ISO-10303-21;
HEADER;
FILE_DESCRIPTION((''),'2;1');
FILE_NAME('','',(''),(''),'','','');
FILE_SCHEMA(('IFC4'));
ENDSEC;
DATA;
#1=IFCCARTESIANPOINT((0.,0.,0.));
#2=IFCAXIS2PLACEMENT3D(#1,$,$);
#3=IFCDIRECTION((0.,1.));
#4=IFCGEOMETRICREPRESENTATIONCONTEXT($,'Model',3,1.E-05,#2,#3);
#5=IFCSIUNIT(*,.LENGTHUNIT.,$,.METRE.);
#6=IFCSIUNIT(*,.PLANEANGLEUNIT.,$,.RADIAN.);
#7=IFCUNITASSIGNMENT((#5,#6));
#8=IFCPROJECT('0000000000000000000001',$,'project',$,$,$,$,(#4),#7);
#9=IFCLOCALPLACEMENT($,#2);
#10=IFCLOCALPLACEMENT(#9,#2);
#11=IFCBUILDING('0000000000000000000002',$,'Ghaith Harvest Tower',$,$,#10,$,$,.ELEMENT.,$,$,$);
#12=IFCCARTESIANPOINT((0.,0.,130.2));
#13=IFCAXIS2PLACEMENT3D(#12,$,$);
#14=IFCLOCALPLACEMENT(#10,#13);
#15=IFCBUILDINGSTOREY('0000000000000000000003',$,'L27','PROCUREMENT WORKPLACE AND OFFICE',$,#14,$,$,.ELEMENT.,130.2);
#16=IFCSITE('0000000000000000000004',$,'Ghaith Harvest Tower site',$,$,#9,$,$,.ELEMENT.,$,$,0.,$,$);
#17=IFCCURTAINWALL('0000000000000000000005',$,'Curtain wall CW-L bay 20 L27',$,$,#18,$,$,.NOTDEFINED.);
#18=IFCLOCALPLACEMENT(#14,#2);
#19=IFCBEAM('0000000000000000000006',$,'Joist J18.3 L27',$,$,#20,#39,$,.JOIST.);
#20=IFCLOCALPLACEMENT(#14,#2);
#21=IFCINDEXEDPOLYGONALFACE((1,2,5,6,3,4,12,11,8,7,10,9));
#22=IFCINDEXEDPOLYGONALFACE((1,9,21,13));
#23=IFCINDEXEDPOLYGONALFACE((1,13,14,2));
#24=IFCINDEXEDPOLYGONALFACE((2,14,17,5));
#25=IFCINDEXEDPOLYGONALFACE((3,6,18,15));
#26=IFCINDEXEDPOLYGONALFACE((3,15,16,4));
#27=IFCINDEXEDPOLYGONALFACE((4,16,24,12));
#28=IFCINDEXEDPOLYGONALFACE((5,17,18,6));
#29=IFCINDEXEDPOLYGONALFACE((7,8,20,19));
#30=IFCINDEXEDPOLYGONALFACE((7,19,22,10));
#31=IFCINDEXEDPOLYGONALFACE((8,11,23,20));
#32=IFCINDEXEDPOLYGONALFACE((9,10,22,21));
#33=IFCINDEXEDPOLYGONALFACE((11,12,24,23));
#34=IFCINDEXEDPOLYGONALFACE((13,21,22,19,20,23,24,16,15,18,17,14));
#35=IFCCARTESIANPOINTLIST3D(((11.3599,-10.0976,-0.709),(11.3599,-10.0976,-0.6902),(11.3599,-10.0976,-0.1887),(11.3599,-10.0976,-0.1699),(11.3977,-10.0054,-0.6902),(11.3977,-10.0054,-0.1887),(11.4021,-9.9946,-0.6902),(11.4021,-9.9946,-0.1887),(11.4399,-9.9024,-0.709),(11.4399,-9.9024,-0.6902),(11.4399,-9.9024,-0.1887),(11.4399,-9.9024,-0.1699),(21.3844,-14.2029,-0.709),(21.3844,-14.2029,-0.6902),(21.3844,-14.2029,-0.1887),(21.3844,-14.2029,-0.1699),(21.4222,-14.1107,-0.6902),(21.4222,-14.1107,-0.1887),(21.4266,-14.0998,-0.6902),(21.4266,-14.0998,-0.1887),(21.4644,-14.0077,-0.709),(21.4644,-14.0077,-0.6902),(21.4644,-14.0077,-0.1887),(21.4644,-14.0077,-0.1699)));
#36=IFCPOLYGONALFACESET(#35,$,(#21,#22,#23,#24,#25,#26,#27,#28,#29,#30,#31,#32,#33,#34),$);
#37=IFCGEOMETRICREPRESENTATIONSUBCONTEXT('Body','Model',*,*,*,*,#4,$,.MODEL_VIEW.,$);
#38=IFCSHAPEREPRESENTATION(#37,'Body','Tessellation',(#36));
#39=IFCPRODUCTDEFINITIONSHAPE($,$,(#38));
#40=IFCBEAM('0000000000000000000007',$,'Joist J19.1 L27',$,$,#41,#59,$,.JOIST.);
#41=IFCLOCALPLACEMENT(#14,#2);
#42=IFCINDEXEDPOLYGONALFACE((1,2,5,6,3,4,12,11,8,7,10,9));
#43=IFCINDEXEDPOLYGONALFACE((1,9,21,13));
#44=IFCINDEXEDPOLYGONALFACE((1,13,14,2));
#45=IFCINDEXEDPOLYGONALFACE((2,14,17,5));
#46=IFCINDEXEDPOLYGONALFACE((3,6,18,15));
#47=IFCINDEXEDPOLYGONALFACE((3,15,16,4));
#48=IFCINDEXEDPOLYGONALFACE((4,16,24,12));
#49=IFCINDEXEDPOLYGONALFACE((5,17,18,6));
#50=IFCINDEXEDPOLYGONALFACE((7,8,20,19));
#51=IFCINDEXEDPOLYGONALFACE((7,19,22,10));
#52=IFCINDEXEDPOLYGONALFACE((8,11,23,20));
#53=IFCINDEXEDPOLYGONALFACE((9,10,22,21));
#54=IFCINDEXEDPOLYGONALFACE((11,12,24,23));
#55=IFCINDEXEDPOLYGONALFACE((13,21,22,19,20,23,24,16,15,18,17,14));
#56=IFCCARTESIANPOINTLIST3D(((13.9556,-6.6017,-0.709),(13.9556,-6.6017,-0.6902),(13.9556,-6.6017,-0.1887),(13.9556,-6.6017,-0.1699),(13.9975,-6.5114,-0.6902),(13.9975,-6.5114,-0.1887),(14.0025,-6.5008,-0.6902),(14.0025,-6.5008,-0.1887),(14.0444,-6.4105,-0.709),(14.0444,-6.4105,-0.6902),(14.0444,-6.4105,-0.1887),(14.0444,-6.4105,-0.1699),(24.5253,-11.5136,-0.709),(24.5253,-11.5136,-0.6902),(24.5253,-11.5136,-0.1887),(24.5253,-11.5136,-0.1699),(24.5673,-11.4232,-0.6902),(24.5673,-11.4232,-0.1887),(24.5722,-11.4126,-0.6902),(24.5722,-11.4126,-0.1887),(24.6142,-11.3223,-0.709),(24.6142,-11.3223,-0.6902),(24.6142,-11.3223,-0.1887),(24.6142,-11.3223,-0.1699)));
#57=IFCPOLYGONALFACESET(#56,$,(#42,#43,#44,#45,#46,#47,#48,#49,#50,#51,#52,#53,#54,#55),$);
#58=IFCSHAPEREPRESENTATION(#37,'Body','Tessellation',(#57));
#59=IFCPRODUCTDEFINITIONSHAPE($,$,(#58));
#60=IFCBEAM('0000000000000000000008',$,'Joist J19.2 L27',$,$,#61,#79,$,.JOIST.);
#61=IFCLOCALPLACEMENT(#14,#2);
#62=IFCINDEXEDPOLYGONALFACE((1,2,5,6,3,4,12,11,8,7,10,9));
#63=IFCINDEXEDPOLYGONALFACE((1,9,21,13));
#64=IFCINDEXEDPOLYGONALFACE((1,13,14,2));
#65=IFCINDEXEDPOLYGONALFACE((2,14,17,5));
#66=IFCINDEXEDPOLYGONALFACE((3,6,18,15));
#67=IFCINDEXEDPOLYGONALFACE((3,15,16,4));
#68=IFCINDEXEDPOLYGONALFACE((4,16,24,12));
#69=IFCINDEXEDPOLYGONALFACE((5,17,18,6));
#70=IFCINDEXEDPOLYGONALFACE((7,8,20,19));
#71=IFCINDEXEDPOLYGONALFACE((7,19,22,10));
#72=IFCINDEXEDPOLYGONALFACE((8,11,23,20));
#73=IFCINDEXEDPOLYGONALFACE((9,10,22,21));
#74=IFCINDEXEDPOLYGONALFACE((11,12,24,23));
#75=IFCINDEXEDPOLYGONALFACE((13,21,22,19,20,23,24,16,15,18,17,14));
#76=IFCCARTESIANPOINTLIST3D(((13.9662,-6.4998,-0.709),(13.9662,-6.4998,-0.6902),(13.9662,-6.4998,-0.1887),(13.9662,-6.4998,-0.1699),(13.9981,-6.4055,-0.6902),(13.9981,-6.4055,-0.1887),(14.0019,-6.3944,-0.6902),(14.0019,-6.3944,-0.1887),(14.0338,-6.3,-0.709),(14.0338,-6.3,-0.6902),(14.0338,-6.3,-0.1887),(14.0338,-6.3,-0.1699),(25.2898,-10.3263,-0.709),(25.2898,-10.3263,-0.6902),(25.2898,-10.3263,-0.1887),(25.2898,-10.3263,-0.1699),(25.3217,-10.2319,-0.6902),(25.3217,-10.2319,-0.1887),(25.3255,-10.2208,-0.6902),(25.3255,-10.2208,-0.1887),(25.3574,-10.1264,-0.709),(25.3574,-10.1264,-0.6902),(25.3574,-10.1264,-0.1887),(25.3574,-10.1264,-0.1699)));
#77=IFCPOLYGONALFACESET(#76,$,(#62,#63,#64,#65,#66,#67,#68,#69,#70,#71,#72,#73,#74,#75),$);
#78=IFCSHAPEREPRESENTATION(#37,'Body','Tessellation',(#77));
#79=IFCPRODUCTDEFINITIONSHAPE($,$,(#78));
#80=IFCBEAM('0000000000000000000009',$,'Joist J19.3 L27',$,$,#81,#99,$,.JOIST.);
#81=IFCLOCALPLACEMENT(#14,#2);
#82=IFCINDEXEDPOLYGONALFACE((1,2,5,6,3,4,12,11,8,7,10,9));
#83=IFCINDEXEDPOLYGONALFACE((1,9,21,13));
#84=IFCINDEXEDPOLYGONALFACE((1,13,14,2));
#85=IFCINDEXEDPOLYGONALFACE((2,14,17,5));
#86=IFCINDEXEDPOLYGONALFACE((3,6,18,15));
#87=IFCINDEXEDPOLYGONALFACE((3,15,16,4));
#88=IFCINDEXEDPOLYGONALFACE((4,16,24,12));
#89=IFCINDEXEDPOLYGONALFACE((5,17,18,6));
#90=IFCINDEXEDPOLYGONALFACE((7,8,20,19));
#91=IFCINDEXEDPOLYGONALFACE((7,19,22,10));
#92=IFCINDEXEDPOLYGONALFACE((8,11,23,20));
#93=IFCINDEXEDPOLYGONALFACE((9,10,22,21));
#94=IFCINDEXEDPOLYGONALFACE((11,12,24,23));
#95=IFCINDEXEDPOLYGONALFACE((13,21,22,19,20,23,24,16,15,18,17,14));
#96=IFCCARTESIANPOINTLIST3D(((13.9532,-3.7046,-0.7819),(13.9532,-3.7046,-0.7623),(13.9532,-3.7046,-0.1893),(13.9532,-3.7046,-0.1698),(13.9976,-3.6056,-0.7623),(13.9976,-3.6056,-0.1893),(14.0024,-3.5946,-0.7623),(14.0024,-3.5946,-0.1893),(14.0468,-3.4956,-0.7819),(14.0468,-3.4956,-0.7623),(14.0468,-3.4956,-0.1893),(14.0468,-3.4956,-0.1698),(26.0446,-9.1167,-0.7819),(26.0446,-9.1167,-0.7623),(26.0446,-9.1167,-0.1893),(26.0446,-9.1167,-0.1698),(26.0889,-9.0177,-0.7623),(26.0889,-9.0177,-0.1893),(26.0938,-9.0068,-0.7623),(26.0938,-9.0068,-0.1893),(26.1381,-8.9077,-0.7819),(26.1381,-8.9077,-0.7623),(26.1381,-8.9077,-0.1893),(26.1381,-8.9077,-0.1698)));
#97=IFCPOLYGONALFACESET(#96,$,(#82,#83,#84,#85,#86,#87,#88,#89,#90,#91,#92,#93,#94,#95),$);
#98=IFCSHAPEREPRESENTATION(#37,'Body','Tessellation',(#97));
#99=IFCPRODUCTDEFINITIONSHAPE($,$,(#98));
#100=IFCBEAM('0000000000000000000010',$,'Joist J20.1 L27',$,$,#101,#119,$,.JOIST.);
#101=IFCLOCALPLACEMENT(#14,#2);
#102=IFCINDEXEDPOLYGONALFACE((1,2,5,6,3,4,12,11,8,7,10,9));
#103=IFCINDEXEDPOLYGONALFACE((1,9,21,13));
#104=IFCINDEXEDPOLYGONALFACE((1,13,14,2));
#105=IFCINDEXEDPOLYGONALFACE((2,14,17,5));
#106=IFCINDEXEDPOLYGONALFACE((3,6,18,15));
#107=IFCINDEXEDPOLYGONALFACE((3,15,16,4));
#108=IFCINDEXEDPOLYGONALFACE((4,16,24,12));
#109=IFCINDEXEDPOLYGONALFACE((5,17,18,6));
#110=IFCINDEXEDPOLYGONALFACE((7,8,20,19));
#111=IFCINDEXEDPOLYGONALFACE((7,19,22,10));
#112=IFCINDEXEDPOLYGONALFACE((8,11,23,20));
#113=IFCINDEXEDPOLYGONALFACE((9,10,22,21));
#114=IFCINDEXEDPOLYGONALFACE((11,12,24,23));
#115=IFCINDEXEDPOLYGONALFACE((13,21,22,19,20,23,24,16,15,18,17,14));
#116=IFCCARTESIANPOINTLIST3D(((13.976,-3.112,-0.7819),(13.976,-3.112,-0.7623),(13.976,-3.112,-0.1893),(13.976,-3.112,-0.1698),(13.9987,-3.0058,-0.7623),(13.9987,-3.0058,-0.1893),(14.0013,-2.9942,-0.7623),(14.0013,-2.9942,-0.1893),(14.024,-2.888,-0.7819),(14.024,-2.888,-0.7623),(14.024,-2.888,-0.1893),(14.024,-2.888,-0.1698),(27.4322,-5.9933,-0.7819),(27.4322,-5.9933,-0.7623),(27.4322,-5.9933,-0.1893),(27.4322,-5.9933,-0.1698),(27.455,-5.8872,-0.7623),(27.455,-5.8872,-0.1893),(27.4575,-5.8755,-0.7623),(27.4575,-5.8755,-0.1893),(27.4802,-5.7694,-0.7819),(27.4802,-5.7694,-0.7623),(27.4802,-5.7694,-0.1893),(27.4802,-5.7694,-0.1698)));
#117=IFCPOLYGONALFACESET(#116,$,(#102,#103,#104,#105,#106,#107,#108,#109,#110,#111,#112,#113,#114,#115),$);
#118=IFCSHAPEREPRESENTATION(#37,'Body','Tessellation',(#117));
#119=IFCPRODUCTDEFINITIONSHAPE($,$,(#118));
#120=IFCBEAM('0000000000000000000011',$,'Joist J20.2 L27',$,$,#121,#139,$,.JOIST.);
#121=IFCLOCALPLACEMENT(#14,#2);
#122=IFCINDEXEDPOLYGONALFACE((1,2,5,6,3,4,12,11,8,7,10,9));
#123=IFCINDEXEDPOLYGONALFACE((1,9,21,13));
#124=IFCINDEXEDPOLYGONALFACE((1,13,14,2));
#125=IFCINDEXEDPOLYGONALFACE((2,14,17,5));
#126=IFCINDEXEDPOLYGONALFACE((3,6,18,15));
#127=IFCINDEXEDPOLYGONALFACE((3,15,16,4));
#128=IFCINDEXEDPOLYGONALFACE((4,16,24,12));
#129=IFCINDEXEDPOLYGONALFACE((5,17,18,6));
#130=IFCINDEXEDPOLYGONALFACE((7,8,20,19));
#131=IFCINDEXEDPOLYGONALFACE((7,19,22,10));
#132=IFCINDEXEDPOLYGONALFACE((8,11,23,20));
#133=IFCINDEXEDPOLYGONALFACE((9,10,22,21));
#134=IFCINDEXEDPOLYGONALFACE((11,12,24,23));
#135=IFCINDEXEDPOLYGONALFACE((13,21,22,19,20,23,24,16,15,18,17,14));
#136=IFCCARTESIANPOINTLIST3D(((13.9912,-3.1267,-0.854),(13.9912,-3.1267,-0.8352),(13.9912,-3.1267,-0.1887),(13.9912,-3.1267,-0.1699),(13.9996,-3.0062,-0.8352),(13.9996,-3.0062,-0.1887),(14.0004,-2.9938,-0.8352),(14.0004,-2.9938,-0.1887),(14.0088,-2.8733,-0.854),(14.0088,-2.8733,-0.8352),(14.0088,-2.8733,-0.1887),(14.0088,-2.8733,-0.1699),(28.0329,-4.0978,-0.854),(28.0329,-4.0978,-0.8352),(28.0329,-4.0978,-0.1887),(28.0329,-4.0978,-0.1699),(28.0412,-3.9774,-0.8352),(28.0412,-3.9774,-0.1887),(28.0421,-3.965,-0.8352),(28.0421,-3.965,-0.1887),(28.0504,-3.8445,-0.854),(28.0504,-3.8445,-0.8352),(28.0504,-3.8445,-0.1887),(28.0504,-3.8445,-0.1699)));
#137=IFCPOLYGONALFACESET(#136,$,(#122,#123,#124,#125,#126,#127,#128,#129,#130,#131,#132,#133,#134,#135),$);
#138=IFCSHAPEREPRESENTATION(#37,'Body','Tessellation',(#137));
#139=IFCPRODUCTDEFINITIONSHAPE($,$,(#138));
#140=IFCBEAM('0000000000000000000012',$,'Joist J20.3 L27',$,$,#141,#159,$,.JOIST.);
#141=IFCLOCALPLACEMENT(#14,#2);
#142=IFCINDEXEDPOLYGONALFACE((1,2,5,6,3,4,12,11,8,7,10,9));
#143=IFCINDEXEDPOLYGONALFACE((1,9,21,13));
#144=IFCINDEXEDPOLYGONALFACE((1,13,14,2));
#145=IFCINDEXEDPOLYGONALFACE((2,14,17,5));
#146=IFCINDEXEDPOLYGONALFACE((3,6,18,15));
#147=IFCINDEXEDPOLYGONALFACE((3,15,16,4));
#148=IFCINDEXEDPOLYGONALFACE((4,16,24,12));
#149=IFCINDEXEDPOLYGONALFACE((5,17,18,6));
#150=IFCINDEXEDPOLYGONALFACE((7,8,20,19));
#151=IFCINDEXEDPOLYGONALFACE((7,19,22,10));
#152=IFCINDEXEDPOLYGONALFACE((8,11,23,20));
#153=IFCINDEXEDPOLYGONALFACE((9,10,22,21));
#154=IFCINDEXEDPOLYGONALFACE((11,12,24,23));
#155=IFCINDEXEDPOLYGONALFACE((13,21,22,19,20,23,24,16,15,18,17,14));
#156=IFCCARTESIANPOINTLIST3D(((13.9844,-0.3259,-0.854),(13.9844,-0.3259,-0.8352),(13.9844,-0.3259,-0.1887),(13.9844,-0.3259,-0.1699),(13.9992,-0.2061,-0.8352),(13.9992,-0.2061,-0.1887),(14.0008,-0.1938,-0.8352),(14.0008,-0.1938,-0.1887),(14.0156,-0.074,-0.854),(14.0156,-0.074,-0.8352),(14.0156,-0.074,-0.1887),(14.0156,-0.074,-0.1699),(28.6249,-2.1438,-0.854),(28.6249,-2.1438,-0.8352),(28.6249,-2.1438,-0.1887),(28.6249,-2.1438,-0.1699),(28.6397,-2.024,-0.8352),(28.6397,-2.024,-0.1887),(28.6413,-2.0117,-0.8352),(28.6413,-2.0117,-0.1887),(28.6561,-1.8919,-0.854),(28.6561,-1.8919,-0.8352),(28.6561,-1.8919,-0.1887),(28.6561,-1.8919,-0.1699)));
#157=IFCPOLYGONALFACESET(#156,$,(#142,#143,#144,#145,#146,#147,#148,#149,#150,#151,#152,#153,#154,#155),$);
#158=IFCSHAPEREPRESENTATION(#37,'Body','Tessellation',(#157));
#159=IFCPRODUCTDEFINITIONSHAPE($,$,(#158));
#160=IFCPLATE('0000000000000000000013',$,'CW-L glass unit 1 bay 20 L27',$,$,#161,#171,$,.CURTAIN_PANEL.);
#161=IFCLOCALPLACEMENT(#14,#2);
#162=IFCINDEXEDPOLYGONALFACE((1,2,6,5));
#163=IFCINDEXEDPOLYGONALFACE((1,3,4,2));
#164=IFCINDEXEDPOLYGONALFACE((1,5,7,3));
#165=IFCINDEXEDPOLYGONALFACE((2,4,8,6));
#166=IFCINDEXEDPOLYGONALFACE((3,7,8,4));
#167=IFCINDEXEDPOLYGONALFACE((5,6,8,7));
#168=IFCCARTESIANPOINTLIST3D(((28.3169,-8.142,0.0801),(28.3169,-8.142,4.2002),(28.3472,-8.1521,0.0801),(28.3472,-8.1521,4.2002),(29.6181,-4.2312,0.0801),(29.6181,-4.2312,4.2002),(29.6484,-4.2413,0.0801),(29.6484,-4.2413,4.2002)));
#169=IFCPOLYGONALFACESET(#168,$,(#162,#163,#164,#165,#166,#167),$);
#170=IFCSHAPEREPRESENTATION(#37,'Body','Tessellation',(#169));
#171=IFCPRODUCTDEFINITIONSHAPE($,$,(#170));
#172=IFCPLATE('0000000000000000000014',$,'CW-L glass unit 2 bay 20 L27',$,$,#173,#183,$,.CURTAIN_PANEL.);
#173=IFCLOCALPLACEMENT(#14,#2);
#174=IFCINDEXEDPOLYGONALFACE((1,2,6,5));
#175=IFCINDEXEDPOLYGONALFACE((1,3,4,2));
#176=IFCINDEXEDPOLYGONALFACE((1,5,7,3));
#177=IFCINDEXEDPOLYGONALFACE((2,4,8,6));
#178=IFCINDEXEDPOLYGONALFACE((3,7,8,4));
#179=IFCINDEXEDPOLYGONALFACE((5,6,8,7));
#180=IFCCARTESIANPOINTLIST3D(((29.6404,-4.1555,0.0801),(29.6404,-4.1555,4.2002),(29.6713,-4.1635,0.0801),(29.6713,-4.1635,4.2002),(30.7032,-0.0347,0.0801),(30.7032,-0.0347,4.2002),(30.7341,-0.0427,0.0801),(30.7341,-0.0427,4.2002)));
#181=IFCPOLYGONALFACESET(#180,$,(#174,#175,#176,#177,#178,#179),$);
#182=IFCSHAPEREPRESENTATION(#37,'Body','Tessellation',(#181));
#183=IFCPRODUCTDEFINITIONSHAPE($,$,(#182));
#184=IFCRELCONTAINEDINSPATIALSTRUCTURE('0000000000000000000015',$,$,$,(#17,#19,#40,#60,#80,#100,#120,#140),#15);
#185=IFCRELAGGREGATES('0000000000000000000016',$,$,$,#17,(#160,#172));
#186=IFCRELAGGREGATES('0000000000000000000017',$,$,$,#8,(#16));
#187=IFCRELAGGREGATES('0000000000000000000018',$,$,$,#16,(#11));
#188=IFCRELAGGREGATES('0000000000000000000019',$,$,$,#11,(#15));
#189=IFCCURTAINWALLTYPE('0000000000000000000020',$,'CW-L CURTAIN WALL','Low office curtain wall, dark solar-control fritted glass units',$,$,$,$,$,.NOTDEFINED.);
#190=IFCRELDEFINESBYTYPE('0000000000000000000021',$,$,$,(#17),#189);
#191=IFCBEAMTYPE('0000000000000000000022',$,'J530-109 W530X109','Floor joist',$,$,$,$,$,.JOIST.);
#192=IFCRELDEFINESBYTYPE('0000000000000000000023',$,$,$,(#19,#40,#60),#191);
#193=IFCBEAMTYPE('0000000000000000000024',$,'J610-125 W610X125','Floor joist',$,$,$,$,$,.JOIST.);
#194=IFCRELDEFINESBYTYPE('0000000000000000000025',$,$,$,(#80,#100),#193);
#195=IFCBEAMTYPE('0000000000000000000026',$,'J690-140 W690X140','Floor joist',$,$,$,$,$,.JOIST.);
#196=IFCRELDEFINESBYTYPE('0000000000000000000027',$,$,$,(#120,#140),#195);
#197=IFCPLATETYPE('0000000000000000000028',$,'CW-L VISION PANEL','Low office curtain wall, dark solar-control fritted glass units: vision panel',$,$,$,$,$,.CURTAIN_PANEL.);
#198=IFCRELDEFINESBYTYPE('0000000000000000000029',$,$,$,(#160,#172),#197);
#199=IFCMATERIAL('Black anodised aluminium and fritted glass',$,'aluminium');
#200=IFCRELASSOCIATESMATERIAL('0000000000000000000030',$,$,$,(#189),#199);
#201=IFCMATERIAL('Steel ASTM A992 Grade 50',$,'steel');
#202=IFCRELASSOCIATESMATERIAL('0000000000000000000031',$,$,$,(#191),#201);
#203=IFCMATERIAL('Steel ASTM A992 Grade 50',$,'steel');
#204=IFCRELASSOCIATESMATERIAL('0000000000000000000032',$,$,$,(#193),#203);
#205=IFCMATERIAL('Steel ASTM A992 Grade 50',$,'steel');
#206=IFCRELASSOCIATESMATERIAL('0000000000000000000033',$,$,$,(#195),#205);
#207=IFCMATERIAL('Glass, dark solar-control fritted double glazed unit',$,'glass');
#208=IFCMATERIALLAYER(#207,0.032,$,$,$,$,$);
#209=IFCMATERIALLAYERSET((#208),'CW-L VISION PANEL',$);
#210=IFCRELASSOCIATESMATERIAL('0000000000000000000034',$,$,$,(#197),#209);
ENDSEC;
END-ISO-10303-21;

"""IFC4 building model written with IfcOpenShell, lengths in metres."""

from ifc_helpers import new_model, si_unit, direction, frame, origin, origin_2d, place, context, subcontext, project, spatial, rectangle, i_section, extrude, material, layer, layer_set, material_profile, profile_set, type_object, element, aggregate, save


model = new_model("IFC4")

# Units and contexts
model_context = context("Model", 3, precision=1e-05, world=origin(), true_north=direction((0.0, 1.0)))
body_context = subcontext(model_context, "Body", "Model", "MODEL_VIEW")
ifc_project = project(units=[si_unit("LENGTHUNIT", "METRE"), si_unit("PLANEANGLEUNIT", "RADIAN")], contexts=[model_context])

# Site, building, storey
site_placement = place(None, origin())
site = spatial("IfcSite", under=ifc_project, at=site_placement, Name="Ghaith Harvest Tower site", CompositionType="ELEMENT", RefElevation=0.0)
building_placement = place(site_placement, origin())
building = spatial("IfcBuilding", under=site, at=building_placement, Name="Ghaith Harvest Tower", CompositionType="ELEMENT")
storey_placement = place(building_placement, frame((0.0, 0.0, 130.2)))
storey = spatial("IfcBuildingStorey", under=building, at=storey_placement, Name="L27", Description="PROCUREMENT WORKPLACE AND OFFICE", CompositionType="ELEMENT", Elevation=130.2)

# Curtain wall
ifc_material_1 = material(Name="Black anodised aluminium and fritted glass", Category="aluminium")
curtain_wall_type = type_object("IfcCurtainWallType", Name="CW-L CURTAIN WALL", Description="Low office curtain wall, dark solar-control fritted glass units", PredefinedType="NOTDEFINED", material=ifc_material_1)
curtain_wall_placement = place(storey_placement, origin())
curtain_wall = element("IfcCurtainWall", 1, at=curtain_wall_placement, inside=storey, type_object=curtain_wall_type, Name="Curtain wall CW-L bay 20 L27", PredefinedType="NOTDEFINED")

# Beams
ifc_material_2 = material(Name="Steel ASTM A992 Grade 50", Category="steel")
ifc_material_profile_1 = material_profile(ifc_material_2, i_section(OverallWidth=0.2109, OverallDepth=0.5391, WebThickness=0.0117, FlangeThickness=0.0188, at=origin_2d()), Name="W530X109")
ifc_profile_set_1 = profile_set([ifc_material_profile_1], Name="Steel ASTM A992 Grade 50")
beam_type_1 = type_object("IfcBeamType", Name="J530-109 W530X109", Description="Floor joist", PredefinedType="JOIST", material=ifc_profile_set_1)
beam_1_placement = place(storey_placement, frame((11.3999, -10.0, -0.4395), z_axis=(0.925407, -0.378975, 0.0), x_axis=(0.378975, 0.925407, 0.0)))
element("IfcBeam", 2, at=beam_1_placement, inside=storey, type_object=beam_type_1, Name="Joist J18.3 L27", PredefinedType="JOIST", context=body_context, shape_type="SweptSolid", body=[
    extrude(i_section(OverallWidth=0.2109, OverallDepth=0.5391, WebThickness=0.0117, FlangeThickness=0.0188, at=origin_2d()), origin(), (0.0, 0.0, 1.0), 10.8325),
])
beam_2_placement = place(storey_placement, frame((14.0, -6.5061, -0.4395), z_axis=(0.906863, -0.421425, 0.0), x_axis=(0.421425, 0.906863, 0.0)))
element("IfcBeam", 3, at=beam_2_placement, inside=storey, type_object=beam_type_1, Name="Joist J19.1 L27", PredefinedType="JOIST", context=body_context, shape_type="SweptSolid", body=[
    extrude(i_section(OverallWidth=0.2109, OverallDepth=0.5391, WebThickness=0.0117, FlangeThickness=0.0188, at=origin_2d()), origin(), (0.0, 0.0, 1.0), 11.6553),
])
beam_3_placement = place(storey_placement, frame((14.0, -6.3999, -0.4395), z_axis=(0.947372, -0.320135, 0.0), x_axis=(0.320135, 0.947372, 0.0)))
element("IfcBeam", 4, at=beam_3_placement, inside=storey, type_object=beam_type_1, Name="Joist J19.2 L27", PredefinedType="JOIST", context=body_context, shape_type="SweptSolid", body=[
    extrude(i_section(OverallWidth=0.2109, OverallDepth=0.5391, WebThickness=0.0117, FlangeThickness=0.0188, at=origin_2d()), origin(), (0.0, 0.0, 1.0), 11.9526),
])
ifc_material_3 = material(Name="Steel ASTM A992 Grade 50", Category="steel")
ifc_material_profile_2 = material_profile(ifc_material_3, i_section(OverallWidth=0.229, OverallDepth=0.6121, WebThickness=0.012, FlangeThickness=0.0195, at=origin_2d()), Name="W610X125")
ifc_profile_set_2 = profile_set([ifc_material_profile_2], Name="Steel ASTM A992 Grade 50")
beam_type_2 = type_object("IfcBeamType", Name="J610-125 W610X125", Description="Floor joist", PredefinedType="JOIST", material=ifc_profile_set_2)
beam_4_placement = place(storey_placement, frame((14.0, -3.6001, -0.4758), z_axis=(0.912738, -0.408545, 0.0), x_axis=(0.408545, 0.912738, 0.0)))
element("IfcBeam", 5, at=beam_4_placement, inside=storey, type_object=beam_type_2, Name="Joist J19.3 L27", PredefinedType="JOIST", context=body_context, shape_type="SweptSolid", body=[
    extrude(i_section(OverallWidth=0.229, OverallDepth=0.6121, WebThickness=0.012, FlangeThickness=0.0195, at=origin_2d()), origin(), (0.0, 0.0, 1.0), 13.2473),
])
beam_5_placement = place(storey_placement, frame((14.0, -3.0, -0.4758), z_axis=(0.977834, -0.20938, 0.0), x_axis=(0.20938, 0.977834, 0.0)))
element("IfcBeam", 6, at=beam_5_placement, inside=storey, type_object=beam_type_2, Name="Joist J20.1 L27", PredefinedType="JOIST", context=body_context, shape_type="SweptSolid", body=[
    extrude(i_section(OverallWidth=0.229, OverallDepth=0.6121, WebThickness=0.012, FlangeThickness=0.0195, at=origin_2d()), origin(), (0.0, 0.0, 1.0), 13.7612),
])
ifc_material_4 = material(Name="Steel ASTM A992 Grade 50", Category="steel")
ifc_material_profile_3 = material_profile(ifc_material_4, i_section(OverallWidth=0.2539, OverallDepth=0.6841, WebThickness=0.0125, FlangeThickness=0.0188, at=origin_2d()), Name="W690X140")
ifc_profile_set_3 = profile_set([ifc_material_profile_3], Name="Steel ASTM A992 Grade 50")
beam_type_3 = type_object("IfcBeamType", Name="J690-140 W690X140", Description="Floor joist", PredefinedType="JOIST", material=ifc_profile_set_3)
beam_6_placement = place(storey_placement, frame((14.0, -3.0, -0.512), z_axis=(0.997617, -0.069, 0.0), x_axis=(0.069, 0.997617, 0.0)))
element("IfcBeam", 7, at=beam_6_placement, inside=storey, type_object=beam_type_3, Name="Joist J20.2 L27", PredefinedType="JOIST", context=body_context, shape_type="SweptSolid", body=[
    extrude(i_section(OverallWidth=0.2539, OverallDepth=0.6841, WebThickness=0.0125, FlangeThickness=0.0188, at=origin_2d()), origin(), (0.0, 0.0, 1.0), 14.0752),
])
beam_7_placement = place(storey_placement, frame((14.0, -0.2, -0.512), z_axis=(0.992379, -0.123222, 0.0), x_axis=(0.123222, 0.992379, 0.0)))
element("IfcBeam", 8, at=beam_7_placement, inside=storey, type_object=beam_type_3, Name="Joist J20.3 L27", PredefinedType="JOIST", context=body_context, shape_type="SweptSolid", body=[
    extrude(i_section(OverallWidth=0.2539, OverallDepth=0.6841, WebThickness=0.0125, FlangeThickness=0.0188, at=origin_2d()), origin(), (0.0, 0.0, 1.0), 14.7529),
])

# Plates
ifc_material_5 = material(Name="Glass, dark solar-control fritted double glazed unit", Category="glass")
ifc_layer_1 = layer(ifc_material_5, 0.032)
ifc_layer_set_1 = layer_set([ifc_layer_1], Name="CW-L VISION PANEL")
plate_type_1 = type_object("IfcPlateType", Name="CW-L VISION PANEL", Description="Low office curtain wall, dark solar-control fritted glass units: vision panel", PredefinedType="CURTAIN_PANEL", material=ifc_layer_set_1)
plate_1_placement = place(storey_placement, frame((28.9827, -6.1917, 0.0801), z_axis=(0.0, 0.0, 1.0), x_axis=(0.315708, 0.948856, 0.0)))
plate_1 = element("IfcPlate", 9, at=plate_1_placement, type_object=plate_type_1, Name="CW-L glass unit 1 bay 20 L27", PredefinedType="CURTAIN_PANEL", context=body_context, shape_type="SweptSolid", body=[
    extrude(rectangle(XDim=4.1216, YDim=0.032, at=origin_2d()), origin(), (0.0, 0.0, 1.0), 4.1201),
])
plate_2_placement = place(storey_placement, frame((30.1873, -2.0991, 0.0801), z_axis=(0.0, 0.0, 1.0), x_axis=(0.249744, 0.968312, 0.0)))
plate_2 = element("IfcPlate", 10, at=plate_2_placement, type_object=plate_type_1, Name="CW-L glass unit 2 bay 20 L27", PredefinedType="CURTAIN_PANEL", context=body_context, shape_type="SweptSolid", body=[
    extrude(rectangle(XDim=4.2556, YDim=0.032, at=origin_2d()), origin(), (0.0, 0.0, 1.0), 4.1201),
])
aggregate(curtain_wall, [plate_1, plate_2])

save(model, "model.ifc")
